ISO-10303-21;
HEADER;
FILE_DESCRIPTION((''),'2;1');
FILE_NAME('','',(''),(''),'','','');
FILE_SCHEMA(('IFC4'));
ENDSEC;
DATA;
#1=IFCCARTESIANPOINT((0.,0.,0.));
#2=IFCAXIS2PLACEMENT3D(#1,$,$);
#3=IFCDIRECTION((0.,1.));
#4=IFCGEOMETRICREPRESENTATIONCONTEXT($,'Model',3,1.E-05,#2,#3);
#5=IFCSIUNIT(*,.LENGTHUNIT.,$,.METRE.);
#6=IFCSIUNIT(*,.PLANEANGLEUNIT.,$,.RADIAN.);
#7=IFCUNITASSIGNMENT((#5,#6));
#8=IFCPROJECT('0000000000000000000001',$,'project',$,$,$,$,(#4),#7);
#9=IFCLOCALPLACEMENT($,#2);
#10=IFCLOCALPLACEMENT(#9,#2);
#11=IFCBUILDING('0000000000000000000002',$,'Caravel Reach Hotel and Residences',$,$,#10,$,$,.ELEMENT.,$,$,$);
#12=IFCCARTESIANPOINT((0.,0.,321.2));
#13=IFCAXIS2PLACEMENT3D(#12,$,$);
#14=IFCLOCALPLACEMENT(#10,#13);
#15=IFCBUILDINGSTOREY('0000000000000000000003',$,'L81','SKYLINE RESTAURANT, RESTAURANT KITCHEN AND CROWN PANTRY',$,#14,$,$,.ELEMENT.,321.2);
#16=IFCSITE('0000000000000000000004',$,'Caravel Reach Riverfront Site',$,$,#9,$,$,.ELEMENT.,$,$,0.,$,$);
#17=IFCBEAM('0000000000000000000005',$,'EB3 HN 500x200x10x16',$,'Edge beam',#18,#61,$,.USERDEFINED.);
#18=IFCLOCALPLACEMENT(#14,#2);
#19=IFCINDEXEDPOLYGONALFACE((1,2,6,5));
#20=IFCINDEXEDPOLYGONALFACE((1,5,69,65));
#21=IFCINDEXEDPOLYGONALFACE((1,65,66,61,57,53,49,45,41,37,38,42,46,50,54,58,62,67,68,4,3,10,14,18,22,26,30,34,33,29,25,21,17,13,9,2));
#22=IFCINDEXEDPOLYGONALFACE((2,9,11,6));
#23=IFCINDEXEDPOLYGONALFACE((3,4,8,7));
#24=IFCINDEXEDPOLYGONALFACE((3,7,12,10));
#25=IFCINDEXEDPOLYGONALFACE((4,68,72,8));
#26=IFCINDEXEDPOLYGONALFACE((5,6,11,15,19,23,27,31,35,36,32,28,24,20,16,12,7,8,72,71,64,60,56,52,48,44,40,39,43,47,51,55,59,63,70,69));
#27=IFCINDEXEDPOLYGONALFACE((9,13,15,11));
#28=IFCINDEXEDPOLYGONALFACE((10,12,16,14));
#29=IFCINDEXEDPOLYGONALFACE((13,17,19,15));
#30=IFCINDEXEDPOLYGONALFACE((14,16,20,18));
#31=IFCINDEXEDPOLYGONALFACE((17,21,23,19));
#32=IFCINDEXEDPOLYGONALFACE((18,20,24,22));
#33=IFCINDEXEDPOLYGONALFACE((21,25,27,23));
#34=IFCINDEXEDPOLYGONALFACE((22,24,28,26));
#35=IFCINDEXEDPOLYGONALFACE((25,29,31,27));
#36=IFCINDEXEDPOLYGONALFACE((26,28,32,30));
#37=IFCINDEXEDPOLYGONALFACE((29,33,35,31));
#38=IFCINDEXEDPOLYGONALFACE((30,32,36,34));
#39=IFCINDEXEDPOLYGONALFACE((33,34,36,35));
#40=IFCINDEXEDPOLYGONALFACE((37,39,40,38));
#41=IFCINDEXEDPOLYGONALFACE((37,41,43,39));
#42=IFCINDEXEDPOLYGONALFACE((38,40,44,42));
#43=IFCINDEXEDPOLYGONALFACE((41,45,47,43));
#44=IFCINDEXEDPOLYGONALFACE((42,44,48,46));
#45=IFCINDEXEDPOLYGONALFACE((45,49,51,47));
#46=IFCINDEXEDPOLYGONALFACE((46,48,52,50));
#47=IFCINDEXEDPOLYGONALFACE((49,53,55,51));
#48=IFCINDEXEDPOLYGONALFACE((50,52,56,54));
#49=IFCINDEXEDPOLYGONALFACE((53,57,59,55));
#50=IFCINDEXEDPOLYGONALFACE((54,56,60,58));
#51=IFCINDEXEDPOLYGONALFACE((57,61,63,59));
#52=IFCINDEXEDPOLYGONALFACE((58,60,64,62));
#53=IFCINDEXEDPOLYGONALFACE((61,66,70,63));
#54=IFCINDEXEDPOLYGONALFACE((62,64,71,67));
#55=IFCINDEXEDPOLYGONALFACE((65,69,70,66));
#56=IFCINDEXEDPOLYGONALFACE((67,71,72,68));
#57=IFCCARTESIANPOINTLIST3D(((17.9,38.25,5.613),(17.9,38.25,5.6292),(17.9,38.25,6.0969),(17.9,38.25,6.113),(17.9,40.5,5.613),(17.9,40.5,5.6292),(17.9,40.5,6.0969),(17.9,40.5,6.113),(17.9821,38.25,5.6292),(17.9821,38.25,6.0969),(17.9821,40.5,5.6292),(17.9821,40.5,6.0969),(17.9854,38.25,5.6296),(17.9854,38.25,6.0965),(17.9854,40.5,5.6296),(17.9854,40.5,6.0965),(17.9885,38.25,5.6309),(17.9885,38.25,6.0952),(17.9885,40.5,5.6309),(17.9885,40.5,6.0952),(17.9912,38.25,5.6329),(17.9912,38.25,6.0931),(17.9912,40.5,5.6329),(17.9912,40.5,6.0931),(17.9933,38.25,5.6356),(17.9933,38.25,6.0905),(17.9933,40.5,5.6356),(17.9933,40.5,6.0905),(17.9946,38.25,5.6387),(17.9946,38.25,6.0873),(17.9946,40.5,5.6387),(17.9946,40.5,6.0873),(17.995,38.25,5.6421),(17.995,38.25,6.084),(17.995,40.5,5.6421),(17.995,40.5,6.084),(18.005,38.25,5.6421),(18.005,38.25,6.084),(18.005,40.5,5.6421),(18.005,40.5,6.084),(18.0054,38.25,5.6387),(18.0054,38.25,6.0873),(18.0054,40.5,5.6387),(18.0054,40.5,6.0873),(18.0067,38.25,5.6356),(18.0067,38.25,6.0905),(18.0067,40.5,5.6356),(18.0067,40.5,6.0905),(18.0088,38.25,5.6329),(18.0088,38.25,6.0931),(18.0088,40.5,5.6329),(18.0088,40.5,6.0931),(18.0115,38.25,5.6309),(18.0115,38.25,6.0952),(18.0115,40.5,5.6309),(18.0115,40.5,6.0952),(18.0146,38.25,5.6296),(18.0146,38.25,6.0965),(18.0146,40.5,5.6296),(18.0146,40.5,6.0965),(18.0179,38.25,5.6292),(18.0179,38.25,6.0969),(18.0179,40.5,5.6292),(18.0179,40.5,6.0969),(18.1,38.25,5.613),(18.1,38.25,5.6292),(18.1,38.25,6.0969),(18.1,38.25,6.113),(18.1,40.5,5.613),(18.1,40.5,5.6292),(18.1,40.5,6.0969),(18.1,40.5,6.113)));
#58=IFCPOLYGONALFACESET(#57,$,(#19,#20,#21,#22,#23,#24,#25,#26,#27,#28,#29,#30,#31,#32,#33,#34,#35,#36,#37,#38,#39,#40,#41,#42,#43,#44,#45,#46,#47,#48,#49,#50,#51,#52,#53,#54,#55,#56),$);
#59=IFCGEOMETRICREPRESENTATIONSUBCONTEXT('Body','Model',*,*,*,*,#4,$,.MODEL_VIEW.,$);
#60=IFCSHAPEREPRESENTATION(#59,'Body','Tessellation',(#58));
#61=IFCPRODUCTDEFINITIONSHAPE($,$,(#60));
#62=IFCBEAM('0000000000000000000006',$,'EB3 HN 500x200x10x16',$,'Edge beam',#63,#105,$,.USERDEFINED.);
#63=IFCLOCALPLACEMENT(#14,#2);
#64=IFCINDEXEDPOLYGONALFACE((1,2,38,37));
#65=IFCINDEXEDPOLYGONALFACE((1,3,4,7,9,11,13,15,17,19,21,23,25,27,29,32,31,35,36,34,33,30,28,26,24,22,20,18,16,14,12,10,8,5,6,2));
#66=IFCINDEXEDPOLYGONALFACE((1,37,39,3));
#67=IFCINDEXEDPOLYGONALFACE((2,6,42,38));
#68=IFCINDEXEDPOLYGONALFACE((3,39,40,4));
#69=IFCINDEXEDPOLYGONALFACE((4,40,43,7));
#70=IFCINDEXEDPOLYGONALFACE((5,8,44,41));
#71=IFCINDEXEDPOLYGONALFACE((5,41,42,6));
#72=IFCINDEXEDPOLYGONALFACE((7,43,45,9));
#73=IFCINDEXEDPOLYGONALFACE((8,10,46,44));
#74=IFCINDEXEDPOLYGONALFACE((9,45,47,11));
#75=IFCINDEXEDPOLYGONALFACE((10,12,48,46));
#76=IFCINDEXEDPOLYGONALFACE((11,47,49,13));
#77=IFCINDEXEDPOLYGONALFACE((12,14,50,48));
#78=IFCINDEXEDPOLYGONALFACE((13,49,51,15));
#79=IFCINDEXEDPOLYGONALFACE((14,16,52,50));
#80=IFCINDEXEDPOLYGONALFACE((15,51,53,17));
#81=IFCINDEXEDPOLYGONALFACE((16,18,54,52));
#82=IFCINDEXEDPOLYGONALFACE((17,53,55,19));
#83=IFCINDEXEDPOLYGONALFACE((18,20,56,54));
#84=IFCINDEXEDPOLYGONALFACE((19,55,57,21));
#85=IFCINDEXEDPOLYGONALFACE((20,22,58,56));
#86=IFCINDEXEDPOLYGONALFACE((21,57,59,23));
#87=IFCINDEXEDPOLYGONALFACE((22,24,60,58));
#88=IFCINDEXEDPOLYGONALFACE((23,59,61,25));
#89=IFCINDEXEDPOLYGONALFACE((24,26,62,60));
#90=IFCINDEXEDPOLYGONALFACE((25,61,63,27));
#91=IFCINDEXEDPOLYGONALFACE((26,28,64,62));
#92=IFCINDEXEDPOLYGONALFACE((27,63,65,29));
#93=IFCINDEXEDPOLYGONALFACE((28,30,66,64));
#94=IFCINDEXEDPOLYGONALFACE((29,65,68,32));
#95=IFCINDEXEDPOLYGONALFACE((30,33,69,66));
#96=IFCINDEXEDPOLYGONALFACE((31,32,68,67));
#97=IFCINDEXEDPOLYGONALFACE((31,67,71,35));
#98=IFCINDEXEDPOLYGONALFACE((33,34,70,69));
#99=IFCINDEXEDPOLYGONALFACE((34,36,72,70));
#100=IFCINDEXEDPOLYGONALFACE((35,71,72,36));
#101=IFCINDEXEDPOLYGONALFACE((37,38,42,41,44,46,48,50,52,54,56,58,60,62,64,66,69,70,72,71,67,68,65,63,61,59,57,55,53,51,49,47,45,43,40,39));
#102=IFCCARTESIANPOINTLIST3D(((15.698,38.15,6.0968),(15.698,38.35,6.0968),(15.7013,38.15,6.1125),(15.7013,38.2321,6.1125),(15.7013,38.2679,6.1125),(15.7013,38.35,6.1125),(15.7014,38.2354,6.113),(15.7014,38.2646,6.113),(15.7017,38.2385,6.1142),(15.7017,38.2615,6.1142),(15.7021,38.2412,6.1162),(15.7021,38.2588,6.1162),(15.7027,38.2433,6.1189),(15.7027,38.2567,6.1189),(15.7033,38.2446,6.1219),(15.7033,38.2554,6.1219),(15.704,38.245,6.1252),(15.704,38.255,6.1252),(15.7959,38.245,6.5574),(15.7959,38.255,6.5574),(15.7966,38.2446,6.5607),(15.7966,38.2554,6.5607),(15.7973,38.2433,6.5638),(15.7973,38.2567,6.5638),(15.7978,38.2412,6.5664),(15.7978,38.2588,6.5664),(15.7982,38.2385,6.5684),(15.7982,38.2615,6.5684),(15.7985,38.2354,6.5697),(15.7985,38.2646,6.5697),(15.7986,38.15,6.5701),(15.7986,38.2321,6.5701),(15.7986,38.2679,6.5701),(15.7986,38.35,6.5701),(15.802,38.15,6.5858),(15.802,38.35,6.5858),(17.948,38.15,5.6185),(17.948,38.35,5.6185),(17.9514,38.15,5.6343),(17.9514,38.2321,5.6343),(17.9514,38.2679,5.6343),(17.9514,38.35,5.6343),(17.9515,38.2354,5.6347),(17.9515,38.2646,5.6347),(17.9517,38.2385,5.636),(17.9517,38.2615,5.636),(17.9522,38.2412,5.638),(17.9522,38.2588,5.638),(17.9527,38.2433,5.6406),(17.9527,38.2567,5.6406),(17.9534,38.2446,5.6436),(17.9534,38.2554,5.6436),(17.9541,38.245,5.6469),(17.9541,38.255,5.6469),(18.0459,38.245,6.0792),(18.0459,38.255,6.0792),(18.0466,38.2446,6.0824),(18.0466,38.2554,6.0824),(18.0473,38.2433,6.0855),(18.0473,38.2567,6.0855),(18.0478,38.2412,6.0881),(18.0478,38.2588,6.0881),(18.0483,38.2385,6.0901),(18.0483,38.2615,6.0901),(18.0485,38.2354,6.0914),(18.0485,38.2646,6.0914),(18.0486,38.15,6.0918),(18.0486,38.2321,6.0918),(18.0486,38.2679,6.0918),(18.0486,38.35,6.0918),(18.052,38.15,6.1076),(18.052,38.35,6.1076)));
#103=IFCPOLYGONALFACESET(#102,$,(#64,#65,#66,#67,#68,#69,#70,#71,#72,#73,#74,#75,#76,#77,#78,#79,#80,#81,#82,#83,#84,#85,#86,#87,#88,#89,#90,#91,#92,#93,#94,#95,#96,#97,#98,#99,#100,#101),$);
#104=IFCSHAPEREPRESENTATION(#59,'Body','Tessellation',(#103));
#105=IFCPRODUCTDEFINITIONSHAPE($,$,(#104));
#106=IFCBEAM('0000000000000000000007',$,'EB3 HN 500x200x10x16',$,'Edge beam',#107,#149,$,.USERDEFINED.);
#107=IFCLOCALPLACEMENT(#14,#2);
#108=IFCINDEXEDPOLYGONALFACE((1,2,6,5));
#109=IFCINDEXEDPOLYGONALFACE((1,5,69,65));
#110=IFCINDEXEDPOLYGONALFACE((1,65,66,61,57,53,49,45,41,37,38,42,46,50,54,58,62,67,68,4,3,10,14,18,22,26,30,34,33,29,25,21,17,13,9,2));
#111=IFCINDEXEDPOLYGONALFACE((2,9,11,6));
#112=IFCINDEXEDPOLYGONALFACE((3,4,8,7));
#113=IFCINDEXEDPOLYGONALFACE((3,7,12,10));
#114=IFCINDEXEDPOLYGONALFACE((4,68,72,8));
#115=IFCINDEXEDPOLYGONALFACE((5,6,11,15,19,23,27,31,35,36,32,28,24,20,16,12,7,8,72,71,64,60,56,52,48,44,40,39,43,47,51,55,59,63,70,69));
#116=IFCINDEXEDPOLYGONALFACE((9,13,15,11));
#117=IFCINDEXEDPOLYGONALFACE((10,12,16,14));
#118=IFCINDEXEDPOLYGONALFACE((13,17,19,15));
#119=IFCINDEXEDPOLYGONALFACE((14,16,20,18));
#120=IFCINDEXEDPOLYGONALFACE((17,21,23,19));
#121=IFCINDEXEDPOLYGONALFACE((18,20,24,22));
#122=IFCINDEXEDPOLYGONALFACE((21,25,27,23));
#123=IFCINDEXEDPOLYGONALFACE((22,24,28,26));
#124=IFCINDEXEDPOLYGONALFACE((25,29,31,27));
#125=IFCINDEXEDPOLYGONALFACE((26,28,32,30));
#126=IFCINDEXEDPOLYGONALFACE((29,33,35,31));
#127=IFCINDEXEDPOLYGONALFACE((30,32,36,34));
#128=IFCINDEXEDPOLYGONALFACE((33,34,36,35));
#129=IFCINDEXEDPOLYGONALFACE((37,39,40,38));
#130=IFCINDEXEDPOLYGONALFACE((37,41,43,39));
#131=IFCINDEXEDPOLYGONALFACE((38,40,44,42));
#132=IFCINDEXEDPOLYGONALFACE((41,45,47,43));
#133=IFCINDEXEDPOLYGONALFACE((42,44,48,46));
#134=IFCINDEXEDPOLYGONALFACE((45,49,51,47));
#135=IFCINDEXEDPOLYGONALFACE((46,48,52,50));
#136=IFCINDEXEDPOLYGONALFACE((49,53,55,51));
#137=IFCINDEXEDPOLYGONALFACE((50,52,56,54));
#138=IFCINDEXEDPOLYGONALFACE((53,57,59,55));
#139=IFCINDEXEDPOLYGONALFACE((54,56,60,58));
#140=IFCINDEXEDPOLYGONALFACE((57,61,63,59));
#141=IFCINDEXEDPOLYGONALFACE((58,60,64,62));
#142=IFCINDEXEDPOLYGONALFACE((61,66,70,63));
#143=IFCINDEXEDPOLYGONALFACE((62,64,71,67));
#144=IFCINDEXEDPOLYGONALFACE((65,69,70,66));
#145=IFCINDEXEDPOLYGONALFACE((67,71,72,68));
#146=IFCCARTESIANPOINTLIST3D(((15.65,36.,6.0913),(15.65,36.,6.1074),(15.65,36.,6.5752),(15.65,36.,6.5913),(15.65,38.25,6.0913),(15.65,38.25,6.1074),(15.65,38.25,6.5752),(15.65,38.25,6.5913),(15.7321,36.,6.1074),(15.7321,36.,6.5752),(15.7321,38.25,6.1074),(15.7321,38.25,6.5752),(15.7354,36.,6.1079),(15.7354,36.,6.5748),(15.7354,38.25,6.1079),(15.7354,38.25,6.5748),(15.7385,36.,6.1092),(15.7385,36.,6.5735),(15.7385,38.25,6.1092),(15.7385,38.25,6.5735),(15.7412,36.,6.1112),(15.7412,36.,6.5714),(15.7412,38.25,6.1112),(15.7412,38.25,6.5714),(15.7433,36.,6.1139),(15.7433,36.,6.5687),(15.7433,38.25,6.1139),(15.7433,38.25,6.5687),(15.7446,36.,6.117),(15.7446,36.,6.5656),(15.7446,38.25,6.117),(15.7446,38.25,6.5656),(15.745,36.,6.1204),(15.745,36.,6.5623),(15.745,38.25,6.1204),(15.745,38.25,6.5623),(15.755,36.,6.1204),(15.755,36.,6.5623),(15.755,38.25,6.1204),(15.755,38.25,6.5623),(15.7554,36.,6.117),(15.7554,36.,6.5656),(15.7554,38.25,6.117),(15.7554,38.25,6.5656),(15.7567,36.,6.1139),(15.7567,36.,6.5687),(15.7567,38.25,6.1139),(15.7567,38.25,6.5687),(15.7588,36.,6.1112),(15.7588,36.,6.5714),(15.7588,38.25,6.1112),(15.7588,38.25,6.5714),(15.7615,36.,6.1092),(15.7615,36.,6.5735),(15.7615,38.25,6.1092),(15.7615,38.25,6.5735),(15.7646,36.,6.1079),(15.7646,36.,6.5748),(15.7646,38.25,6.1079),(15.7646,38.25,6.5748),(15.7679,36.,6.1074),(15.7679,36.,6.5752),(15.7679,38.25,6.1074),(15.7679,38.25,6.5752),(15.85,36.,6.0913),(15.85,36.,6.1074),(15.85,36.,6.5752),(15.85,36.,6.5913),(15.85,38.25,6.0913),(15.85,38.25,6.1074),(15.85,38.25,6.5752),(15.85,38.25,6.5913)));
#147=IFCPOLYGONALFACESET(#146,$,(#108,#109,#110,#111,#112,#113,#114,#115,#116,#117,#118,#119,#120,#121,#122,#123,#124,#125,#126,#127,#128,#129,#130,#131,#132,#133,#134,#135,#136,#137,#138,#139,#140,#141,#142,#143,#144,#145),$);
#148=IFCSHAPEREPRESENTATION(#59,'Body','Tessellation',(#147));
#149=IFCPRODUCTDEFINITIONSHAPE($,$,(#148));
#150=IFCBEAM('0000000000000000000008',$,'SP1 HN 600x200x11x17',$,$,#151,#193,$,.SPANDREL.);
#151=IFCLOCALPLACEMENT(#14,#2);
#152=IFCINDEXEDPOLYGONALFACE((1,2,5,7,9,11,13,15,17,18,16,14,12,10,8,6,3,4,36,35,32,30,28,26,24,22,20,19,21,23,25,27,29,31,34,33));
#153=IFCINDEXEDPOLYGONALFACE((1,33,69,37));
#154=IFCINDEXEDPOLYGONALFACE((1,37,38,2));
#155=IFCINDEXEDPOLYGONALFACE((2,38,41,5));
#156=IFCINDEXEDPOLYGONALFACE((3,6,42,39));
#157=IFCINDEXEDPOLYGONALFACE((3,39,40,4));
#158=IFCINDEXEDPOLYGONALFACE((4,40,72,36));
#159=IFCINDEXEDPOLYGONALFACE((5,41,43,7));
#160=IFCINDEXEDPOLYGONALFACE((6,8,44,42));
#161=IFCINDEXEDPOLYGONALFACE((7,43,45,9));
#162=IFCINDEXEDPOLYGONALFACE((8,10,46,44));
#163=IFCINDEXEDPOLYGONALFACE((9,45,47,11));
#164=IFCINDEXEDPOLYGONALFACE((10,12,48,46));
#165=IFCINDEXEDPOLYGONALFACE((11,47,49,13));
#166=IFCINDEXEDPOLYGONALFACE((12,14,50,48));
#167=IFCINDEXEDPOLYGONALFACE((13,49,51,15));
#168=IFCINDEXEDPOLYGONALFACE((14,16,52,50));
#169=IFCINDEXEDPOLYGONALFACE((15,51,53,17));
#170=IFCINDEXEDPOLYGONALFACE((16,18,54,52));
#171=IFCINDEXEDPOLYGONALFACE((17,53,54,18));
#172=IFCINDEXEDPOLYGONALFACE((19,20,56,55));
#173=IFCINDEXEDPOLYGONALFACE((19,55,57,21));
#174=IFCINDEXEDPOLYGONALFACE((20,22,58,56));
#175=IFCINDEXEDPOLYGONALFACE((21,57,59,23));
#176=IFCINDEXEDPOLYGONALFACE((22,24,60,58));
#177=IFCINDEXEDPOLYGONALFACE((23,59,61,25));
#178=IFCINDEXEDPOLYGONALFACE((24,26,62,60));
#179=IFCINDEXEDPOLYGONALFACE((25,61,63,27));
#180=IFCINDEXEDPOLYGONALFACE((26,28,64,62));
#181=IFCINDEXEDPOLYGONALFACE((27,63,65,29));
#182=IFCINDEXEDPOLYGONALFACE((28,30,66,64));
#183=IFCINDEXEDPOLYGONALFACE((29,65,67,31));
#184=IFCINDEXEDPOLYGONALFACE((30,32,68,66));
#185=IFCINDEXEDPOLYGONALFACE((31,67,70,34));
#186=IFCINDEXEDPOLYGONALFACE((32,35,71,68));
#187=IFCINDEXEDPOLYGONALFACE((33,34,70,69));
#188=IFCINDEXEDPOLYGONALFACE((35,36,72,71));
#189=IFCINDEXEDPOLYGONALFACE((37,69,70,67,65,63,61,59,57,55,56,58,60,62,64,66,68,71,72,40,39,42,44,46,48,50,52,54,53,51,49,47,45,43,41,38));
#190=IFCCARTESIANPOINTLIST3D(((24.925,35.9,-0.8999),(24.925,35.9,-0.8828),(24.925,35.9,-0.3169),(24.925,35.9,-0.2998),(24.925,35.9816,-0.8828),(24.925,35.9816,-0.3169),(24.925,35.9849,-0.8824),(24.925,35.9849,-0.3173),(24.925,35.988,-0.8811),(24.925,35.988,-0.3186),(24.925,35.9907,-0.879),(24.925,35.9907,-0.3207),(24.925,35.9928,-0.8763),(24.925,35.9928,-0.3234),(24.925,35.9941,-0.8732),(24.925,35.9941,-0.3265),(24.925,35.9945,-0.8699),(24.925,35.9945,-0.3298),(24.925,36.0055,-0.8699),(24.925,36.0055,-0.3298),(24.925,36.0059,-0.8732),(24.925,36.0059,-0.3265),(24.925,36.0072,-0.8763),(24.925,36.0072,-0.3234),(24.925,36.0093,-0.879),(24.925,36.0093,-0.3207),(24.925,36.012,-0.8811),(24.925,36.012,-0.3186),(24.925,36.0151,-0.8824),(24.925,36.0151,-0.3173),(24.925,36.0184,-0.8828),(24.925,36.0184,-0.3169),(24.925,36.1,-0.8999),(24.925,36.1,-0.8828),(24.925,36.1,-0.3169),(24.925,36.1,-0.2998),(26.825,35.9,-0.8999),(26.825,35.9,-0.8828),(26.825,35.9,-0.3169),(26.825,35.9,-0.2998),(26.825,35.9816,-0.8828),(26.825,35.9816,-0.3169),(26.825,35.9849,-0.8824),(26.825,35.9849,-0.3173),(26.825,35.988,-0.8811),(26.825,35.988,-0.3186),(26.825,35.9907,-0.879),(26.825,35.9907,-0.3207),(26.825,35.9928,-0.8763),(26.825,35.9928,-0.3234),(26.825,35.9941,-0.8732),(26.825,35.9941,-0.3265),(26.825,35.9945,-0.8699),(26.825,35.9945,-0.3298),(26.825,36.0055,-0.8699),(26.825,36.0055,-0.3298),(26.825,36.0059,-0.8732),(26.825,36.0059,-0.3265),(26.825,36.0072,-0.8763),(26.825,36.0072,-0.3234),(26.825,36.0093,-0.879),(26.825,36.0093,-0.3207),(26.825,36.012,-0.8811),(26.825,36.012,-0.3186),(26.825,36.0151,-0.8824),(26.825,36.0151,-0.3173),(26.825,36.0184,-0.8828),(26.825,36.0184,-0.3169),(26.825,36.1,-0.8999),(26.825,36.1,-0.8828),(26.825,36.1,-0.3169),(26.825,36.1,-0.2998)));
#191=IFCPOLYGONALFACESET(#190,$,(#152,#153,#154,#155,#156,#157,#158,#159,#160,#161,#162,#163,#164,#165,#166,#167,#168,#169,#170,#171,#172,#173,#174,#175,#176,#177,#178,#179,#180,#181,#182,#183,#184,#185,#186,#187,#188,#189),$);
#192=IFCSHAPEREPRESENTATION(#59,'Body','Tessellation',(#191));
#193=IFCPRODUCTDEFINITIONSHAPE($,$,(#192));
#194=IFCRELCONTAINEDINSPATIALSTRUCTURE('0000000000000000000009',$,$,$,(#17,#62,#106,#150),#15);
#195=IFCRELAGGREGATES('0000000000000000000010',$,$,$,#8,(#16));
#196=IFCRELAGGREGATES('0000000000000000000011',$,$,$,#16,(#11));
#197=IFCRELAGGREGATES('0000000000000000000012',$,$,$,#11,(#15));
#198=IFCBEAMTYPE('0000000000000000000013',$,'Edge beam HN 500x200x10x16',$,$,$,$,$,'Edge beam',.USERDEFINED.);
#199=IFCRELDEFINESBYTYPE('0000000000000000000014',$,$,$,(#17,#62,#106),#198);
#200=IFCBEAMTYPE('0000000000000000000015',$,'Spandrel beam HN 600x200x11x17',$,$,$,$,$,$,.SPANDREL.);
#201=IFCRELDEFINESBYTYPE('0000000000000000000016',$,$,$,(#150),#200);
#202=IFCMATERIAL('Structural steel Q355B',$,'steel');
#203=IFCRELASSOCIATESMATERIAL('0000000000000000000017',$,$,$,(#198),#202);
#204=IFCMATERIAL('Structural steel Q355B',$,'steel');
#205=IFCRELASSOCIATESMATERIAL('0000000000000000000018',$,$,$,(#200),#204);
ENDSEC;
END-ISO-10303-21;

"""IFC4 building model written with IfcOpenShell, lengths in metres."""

from ifc_helpers import new_model, si_unit, direction, frame, origin, origin_2d, place, context, subcontext, project, spatial, i_section, extrude, material, material_profile, profile_set, type_object, element, save


model = new_model("IFC4")

# Units and contexts
model_context = context("Model", 3, precision=1e-05, world=origin(), true_north=direction((0.0, 1.0)))
body_context = subcontext(model_context, "Body", "Model", "MODEL_VIEW")
ifc_project = project(units=[si_unit("LENGTHUNIT", "METRE"), si_unit("PLANEANGLEUNIT", "RADIAN")], contexts=[model_context])

# Site, building, storey
site_placement = place(None, origin())
site = spatial("IfcSite", under=ifc_project, at=site_placement, Name="Caravel Reach Riverfront Site", CompositionType="ELEMENT", RefElevation=0.0)
building_placement = place(site_placement, origin())
building = spatial("IfcBuilding", under=site, at=building_placement, Name="Caravel Reach Hotel and Residences", CompositionType="ELEMENT")
storey_placement = place(building_placement, frame((0.0, 0.0, 321.2)))
storey = spatial("IfcBuildingStorey", under=building, at=storey_placement, Name="L81", Description="SKYLINE RESTAURANT, RESTAURANT KITCHEN AND CROWN PANTRY", CompositionType="ELEMENT", Elevation=321.2)

# Beams
ifc_material_1 = material(Name="Structural steel Q355B", Category="steel")
ifc_material_profile_1 = material_profile(ifc_material_1, i_section(OverallWidth=0.2, OverallDepth=0.5, WebThickness=0.01, FlangeThickness=0.0161, FilletRadius=0.0129, at=origin_2d()), Name="HN 500x200x10x16")
ifc_profile_set_1 = profile_set([ifc_material_profile_1], Name="Structural steel Q355B")
beam_type_1 = type_object("IfcBeamType", Name="Edge beam HN 500x200x10x16", ElementType="Edge beam", PredefinedType="USERDEFINED", material=ifc_profile_set_1)
beam_1_placement = place(storey_placement, frame((18.0, 40.5, 5.863), z_axis=(0.0, -1.0, 0.0), x_axis=(1.0, 0.0, 0.0)))
element("IfcBeam", 1, at=beam_1_placement, inside=storey, type_object=beam_type_1, Name="EB3 HN 500x200x10x16", ObjectType="Edge beam", PredefinedType="USERDEFINED", context=body_context, shape_type="SweptSolid", body=[
    extrude(i_section(OverallWidth=0.2, OverallDepth=0.5, WebThickness=0.01, FlangeThickness=0.0161, FilletRadius=0.0129, at=origin_2d()), origin(), (0.0, 0.0, 1.0), 2.25),
])
beam_2_placement = place(storey_placement, frame((18.0, 38.25, 5.863), z_axis=(-0.978146, 0.0, 0.20792), x_axis=(0.0, -1.0, 0.0)))
element("IfcBeam", 2, at=beam_2_placement, inside=storey, type_object=beam_type_1, Name="EB3 HN 500x200x10x16", ObjectType="Edge beam", PredefinedType="USERDEFINED", context=body_context, shape_type="SweptSolid", body=[
    extrude(i_section(OverallWidth=0.2, OverallDepth=0.5, WebThickness=0.01, FlangeThickness=0.0161, FilletRadius=0.0129, at=origin_2d()), origin(), (0.0, 0.0, 1.0), 2.3003),
])
beam_3_placement = place(storey_placement, frame((15.75, 38.25, 6.3413), z_axis=(0.0, -1.0, 0.0), x_axis=(1.0, 0.0, 0.0)))
element("IfcBeam", 3, at=beam_3_placement, inside=storey, type_object=beam_type_1, Name="EB3 HN 500x200x10x16", ObjectType="Edge beam", PredefinedType="USERDEFINED", context=body_context, shape_type="SweptSolid", body=[
    extrude(i_section(OverallWidth=0.2, OverallDepth=0.5, WebThickness=0.01, FlangeThickness=0.0161, FilletRadius=0.0129, at=origin_2d()), origin(), (0.0, 0.0, 1.0), 2.25),
])
ifc_material_2 = material(Name="Structural steel Q355B", Category="steel")
ifc_material_profile_2 = material_profile(ifc_material_2, i_section(OverallWidth=0.2, OverallDepth=0.6001, WebThickness=0.011, FlangeThickness=0.0171, FilletRadius=0.0129, at=origin_2d()), Name="HN 600x200x11x17")
ifc_profile_set_2 = profile_set([ifc_material_profile_2], Name="Structural steel Q355B")
beam_type_2 = type_object("IfcBeamType", Name="Spandrel beam HN 600x200x11x17", PredefinedType="SPANDREL", material=ifc_profile_set_2)
for number, where, z_axis, x_axis, name in (
    (4, (26.825, 36.0, -0.5999), (-1.0, 0.0, 0.0), (0.0, -1.0, 0.0), "SP1 HN 600x200x11x17"),
):
    element("IfcBeam", number, at=place(storey_placement, frame(where, z_axis=z_axis, x_axis=x_axis)), inside=storey, type_object=beam_type_2, Name=name, PredefinedType="SPANDREL", context=body_context, shape_type="SweptSolid", body=[
        extrude(i_section(OverallWidth=0.2, OverallDepth=0.6001, WebThickness=0.011, FlangeThickness=0.0171, FilletRadius=0.0129, at=origin_2d()), origin(), (0.0, 0.0, 1.0), 1.8999),
    ])

save(model, "model.ifc")
